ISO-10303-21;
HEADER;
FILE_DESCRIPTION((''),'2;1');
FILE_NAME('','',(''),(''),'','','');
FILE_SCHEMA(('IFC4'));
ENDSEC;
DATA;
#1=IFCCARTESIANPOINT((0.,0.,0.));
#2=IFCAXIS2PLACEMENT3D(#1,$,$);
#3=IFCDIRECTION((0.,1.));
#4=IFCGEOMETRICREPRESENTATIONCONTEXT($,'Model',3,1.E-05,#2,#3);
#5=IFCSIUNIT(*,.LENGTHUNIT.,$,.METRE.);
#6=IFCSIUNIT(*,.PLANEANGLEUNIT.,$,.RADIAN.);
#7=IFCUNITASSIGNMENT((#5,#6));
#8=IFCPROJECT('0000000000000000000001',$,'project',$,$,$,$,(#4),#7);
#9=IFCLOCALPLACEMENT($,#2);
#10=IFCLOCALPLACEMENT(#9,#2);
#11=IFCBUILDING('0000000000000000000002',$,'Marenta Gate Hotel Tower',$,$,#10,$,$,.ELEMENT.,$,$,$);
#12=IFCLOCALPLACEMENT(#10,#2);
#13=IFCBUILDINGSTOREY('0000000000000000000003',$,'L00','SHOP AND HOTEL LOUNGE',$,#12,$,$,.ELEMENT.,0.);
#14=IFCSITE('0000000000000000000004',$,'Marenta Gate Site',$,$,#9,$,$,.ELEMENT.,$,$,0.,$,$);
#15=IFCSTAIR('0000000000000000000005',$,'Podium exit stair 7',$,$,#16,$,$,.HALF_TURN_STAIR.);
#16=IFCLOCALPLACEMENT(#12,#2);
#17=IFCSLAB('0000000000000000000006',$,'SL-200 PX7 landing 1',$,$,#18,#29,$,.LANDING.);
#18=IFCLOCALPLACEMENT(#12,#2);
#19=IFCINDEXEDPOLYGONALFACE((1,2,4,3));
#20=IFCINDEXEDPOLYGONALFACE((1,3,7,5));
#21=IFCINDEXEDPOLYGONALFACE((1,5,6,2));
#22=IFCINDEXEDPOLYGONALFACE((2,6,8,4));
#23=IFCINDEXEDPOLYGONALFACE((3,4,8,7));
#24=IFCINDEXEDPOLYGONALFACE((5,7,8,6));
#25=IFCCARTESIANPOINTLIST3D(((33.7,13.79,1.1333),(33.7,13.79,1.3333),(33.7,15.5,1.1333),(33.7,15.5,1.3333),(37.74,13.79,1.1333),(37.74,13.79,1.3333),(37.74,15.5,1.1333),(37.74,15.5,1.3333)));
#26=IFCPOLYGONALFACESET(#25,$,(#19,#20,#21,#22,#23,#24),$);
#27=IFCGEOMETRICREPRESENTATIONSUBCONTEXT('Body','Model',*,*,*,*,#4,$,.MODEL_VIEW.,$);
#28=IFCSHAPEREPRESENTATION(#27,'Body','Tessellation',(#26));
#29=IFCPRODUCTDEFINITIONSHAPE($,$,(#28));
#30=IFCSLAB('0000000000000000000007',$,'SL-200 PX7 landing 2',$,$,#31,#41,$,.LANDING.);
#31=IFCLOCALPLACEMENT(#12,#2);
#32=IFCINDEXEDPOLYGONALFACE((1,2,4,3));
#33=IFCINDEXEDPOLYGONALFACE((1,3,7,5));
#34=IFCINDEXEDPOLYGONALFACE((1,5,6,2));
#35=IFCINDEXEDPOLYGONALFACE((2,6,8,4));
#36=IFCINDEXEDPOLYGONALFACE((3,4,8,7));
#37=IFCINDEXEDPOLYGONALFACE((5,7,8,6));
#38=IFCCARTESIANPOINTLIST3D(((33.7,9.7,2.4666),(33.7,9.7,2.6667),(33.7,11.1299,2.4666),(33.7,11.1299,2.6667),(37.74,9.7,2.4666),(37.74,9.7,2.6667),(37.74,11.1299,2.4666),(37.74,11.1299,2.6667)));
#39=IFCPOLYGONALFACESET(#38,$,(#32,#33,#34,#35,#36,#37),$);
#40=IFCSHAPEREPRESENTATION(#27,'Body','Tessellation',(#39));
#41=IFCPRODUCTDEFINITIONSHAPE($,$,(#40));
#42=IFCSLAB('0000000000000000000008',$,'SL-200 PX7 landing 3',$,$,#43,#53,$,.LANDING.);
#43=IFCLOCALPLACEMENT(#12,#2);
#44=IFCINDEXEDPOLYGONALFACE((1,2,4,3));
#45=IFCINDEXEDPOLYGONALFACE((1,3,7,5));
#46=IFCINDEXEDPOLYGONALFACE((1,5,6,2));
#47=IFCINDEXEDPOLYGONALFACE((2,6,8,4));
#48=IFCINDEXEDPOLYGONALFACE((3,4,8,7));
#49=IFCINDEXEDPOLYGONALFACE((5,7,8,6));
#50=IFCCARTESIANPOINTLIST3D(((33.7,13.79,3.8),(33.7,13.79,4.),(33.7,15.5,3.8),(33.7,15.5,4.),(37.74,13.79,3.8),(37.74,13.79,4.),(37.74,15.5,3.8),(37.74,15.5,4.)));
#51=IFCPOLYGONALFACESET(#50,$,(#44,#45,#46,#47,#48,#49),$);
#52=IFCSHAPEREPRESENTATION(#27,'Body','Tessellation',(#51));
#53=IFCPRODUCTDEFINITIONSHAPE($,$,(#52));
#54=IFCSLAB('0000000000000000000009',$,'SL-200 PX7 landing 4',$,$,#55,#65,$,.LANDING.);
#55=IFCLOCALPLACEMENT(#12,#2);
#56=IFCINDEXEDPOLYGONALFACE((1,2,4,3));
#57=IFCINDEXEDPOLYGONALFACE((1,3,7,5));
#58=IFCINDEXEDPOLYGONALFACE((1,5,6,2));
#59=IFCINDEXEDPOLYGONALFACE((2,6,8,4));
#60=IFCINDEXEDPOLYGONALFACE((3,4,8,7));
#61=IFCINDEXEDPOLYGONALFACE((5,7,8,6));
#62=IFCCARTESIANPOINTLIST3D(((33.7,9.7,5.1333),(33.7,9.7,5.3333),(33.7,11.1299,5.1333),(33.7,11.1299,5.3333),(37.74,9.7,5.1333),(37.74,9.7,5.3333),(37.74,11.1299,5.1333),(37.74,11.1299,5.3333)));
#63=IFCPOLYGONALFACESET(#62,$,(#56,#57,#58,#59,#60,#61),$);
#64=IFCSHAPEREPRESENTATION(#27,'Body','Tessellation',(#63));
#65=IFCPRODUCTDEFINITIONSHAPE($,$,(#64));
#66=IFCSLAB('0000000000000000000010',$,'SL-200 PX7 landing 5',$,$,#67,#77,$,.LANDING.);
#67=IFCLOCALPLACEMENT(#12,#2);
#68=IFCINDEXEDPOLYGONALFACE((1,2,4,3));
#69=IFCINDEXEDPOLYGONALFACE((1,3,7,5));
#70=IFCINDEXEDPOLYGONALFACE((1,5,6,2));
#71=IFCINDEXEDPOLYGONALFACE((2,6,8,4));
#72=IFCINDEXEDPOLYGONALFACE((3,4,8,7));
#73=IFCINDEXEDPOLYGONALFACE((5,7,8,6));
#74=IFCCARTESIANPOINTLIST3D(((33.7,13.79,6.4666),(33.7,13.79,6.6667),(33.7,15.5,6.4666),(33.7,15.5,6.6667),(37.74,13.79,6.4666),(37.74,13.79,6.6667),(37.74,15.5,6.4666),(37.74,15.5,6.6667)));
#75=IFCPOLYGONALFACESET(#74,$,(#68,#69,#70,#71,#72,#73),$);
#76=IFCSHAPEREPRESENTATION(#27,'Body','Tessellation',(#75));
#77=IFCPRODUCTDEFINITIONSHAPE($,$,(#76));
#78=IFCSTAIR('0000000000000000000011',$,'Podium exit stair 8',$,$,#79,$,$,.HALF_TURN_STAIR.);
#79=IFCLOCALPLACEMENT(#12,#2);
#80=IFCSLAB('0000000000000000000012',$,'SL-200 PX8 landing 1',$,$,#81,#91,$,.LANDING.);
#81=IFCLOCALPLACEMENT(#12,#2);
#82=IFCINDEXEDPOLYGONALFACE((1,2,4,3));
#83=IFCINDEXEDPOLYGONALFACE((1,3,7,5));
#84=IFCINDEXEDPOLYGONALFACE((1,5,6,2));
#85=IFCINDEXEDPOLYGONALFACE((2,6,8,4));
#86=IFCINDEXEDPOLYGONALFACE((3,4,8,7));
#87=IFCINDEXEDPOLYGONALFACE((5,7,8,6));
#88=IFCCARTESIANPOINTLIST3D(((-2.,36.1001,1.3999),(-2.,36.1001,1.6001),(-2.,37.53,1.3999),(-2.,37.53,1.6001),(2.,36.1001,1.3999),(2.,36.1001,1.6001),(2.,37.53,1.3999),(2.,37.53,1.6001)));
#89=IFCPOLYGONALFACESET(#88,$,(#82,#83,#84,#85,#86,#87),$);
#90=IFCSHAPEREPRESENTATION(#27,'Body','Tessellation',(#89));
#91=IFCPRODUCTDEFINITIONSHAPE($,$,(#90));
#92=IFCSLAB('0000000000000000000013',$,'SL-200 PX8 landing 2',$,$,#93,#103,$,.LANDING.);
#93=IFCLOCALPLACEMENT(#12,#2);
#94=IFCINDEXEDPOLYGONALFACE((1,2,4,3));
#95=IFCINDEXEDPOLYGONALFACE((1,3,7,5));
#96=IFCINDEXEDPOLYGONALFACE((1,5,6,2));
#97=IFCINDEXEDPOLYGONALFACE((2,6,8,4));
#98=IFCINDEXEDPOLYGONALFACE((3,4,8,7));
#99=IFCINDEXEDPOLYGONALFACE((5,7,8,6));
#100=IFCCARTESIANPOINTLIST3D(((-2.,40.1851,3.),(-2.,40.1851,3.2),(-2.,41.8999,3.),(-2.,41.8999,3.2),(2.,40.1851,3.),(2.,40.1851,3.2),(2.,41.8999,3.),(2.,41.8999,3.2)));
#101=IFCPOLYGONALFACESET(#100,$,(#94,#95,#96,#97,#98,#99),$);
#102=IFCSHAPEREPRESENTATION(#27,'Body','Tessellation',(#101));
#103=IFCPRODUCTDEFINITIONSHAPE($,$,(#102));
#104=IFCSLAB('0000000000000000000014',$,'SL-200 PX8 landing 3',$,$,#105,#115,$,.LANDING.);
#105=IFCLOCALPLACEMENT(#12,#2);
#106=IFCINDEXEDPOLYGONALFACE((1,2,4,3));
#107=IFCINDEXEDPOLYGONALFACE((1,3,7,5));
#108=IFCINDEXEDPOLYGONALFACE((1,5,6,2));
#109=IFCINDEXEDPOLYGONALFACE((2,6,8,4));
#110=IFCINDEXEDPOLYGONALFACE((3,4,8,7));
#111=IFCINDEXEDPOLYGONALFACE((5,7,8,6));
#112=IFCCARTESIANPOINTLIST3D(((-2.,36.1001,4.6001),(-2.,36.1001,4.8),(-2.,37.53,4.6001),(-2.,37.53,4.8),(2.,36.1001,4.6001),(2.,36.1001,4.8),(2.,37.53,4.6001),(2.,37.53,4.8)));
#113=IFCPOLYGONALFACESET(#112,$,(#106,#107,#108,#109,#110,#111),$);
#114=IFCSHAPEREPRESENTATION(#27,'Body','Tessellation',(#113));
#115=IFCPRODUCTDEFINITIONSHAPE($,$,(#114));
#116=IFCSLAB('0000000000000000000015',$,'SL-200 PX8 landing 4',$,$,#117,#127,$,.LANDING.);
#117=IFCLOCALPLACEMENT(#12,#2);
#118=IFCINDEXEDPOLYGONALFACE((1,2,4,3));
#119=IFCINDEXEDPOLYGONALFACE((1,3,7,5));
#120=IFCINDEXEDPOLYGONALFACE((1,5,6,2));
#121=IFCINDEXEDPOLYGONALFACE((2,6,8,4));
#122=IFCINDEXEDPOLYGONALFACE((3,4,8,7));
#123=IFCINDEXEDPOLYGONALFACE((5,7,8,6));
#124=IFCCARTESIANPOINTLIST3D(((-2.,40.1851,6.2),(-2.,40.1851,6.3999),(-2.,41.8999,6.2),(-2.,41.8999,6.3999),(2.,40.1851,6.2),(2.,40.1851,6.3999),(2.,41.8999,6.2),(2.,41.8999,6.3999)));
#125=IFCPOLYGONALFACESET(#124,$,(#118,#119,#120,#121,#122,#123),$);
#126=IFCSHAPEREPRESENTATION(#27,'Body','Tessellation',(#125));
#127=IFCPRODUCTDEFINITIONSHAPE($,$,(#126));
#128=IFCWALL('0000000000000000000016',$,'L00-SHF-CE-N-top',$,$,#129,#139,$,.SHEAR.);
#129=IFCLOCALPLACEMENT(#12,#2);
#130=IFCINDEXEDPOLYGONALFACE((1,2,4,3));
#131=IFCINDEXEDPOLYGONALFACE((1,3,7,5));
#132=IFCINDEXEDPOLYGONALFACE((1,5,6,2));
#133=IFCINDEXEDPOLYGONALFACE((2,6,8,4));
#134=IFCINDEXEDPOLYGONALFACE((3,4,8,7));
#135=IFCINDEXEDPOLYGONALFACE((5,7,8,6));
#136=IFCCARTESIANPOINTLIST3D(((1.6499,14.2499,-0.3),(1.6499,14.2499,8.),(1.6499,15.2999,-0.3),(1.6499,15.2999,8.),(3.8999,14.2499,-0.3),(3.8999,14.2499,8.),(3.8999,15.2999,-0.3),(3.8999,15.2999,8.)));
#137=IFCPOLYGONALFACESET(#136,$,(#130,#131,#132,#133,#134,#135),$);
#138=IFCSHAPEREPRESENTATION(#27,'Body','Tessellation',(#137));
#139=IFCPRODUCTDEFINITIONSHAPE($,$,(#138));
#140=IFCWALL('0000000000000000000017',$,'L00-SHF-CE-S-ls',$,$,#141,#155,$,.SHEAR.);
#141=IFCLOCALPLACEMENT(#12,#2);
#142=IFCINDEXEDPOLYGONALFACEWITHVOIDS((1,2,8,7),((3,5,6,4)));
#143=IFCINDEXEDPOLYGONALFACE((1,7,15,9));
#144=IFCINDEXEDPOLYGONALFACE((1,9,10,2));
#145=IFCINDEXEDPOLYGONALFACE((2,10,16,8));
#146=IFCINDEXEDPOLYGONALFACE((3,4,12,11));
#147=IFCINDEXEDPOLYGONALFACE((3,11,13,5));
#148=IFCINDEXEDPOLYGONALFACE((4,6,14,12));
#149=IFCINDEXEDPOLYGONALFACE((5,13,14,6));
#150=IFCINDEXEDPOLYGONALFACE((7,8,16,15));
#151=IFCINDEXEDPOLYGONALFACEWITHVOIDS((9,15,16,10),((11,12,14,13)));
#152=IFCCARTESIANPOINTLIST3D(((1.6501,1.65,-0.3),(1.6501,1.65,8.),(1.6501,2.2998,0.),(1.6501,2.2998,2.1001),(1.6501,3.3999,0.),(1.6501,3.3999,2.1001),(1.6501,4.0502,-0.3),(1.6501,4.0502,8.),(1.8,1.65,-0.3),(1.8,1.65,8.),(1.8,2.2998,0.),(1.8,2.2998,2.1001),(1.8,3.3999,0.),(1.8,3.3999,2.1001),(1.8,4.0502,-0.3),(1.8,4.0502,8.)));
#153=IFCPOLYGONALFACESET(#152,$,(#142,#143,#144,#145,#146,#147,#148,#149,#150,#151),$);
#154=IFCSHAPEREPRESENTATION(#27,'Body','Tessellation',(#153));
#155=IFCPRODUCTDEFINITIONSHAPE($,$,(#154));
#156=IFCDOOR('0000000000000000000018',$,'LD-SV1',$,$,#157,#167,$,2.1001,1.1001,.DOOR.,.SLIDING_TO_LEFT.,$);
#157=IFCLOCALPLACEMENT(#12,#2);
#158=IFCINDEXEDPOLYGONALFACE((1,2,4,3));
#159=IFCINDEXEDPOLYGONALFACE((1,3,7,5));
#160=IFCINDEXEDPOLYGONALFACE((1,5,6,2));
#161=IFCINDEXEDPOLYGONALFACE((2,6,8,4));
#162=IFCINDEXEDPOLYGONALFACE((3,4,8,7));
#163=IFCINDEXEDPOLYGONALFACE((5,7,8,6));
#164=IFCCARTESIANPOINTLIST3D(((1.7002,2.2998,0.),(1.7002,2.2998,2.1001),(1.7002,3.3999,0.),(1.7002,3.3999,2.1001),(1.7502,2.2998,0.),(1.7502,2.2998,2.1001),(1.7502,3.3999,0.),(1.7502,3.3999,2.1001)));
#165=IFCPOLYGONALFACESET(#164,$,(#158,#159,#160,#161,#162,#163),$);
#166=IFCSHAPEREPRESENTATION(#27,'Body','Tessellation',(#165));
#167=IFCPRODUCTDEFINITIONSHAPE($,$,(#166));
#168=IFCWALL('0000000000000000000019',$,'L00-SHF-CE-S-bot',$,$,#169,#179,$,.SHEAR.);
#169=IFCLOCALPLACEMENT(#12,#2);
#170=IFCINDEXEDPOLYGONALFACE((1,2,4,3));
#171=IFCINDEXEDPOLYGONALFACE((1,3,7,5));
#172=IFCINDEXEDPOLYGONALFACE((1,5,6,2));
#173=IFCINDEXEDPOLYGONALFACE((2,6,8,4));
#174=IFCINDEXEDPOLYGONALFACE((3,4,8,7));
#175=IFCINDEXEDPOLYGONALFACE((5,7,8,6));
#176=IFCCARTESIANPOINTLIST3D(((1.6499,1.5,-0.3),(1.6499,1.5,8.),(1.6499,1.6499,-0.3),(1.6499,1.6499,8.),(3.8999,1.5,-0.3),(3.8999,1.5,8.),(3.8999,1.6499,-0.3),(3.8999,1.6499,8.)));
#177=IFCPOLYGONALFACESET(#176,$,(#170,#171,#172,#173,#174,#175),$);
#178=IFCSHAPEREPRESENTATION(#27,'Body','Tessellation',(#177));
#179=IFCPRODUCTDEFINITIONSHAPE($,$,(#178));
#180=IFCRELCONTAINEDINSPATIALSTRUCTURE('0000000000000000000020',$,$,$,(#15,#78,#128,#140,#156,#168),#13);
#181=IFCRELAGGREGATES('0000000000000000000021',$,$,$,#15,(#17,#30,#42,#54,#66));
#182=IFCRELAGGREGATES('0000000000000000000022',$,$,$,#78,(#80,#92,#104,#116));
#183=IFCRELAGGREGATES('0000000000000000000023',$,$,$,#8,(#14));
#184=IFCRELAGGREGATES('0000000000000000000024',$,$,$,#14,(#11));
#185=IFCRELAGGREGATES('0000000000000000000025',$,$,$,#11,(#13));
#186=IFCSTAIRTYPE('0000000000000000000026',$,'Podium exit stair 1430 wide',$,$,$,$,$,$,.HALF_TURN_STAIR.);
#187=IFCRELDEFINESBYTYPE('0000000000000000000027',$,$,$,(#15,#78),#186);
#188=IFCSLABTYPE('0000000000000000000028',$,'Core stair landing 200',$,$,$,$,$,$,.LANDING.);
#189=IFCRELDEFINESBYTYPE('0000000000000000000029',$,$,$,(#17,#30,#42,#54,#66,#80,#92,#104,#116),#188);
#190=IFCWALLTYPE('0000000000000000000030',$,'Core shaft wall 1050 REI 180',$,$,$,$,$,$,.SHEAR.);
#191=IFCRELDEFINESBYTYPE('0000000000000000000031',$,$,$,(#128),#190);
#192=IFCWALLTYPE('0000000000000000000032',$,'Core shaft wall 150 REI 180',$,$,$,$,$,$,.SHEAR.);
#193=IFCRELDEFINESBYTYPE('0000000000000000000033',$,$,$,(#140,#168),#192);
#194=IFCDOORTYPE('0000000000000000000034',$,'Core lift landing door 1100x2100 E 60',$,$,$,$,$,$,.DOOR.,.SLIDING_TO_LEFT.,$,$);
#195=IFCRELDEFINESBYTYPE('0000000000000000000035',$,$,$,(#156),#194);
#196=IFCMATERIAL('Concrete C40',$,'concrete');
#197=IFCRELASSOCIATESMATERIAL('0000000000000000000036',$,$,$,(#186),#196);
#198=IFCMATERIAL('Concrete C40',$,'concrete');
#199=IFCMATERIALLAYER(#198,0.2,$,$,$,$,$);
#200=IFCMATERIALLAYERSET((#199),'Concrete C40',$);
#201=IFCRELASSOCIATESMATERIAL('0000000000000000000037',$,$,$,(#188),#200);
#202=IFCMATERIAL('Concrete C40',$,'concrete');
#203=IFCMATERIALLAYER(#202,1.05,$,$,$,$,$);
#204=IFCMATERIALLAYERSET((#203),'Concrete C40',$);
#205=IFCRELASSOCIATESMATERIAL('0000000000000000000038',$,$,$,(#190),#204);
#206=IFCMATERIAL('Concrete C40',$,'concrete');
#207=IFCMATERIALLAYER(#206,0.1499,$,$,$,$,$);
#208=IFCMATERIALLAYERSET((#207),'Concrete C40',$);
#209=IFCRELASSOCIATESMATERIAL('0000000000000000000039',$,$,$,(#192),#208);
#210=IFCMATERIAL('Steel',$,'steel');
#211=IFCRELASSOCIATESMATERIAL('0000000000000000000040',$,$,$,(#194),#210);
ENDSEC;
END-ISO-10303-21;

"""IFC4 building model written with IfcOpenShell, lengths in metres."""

from ifc_helpers import new_model, si_unit, direction, frame, frame_2d, origin, place, context, subcontext, project, spatial, polyline, rectangle, outline, extrude, material, layer, layer_set, type_object, element, fill, aggregate, save


model = new_model("IFC4")

# Units and contexts
model_context = context("Model", 3, precision=1e-05, world=origin(), true_north=direction((0.0, 1.0)))
body_context = subcontext(model_context, "Body", "Model", "MODEL_VIEW")
ifc_project = project(units=[si_unit("LENGTHUNIT", "METRE"), si_unit("PLANEANGLEUNIT", "RADIAN")], contexts=[model_context])

# Site, building, storey
site_placement = place(None, origin())
site = spatial("IfcSite", under=ifc_project, at=site_placement, Name="Marenta Gate Site", CompositionType="ELEMENT", RefElevation=0.0)
building_placement = place(site_placement, origin())
building = spatial("IfcBuilding", under=site, at=building_placement, Name="Marenta Gate Hotel Tower", CompositionType="ELEMENT")
storey_placement = place(building_placement, origin())
storey = spatial("IfcBuildingStorey", under=building, at=storey_placement, Name="L00", Description="SHOP AND HOTEL LOUNGE", CompositionType="ELEMENT", Elevation=0.0)

# Stairs, slabs
ifc_material_1 = material(Name="Concrete C40", Category="concrete")
stair_type_1 = type_object("IfcStairType", Name="Podium exit stair 1430 wide", PredefinedType="HALF_TURN_STAIR", material=ifc_material_1)
ifc_material_2 = material(Name="Concrete C40", Category="concrete")
ifc_layer_1 = layer(ifc_material_2, 0.2)
ifc_layer_set_1 = layer_set([ifc_layer_1], Name="Concrete C40")
slab_type = type_object("IfcSlabType", Name="Core stair landing 200", PredefinedType="LANDING", material=ifc_layer_set_1)
stair_1_placement = place(storey_placement, origin())
stair_1 = element("IfcStair", 1, at=stair_1_placement, inside=storey, type_object=stair_type_1, Name="Podium exit stair 7", PredefinedType="HALF_TURN_STAIR")
slab_1_placement = place(storey_placement, frame((0.0, 0.0, 1.1333)))
slab_1 = element("IfcSlab", 2, at=slab_1_placement, type_object=slab_type, Name="SL-200 PX7 landing 1", PredefinedType="LANDING", context=body_context, shape_type="SweptSolid", body=[
    extrude(outline(polyline([(33.7, 13.79), (37.74, 13.79), (37.74, 15.5), (33.7, 15.5), (33.7, 13.79)])), origin(), (0.0, 0.0, 1.0), 0.2),
])
slab_2_placement = place(storey_placement, frame((0.0, 0.0, 2.4666)))
slab_2 = element("IfcSlab", 3, at=slab_2_placement, type_object=slab_type, Name="SL-200 PX7 landing 2", PredefinedType="LANDING", context=body_context, shape_type="SweptSolid", body=[
    extrude(outline(polyline([(33.7, 9.7), (37.74, 9.7), (37.74, 11.1299), (33.7, 11.1299), (33.7, 9.7)])), origin(), (0.0, 0.0, 1.0), 0.2002),
])
slab_3_placement = place(storey_placement, frame((0.0, 0.0, 3.8)))
slab_3 = element("IfcSlab", 4, at=slab_3_placement, type_object=slab_type, Name="SL-200 PX7 landing 3", PredefinedType="LANDING", context=body_context, shape_type="SweptSolid", body=[
    extrude(outline(polyline([(33.7, 13.79), (37.74, 13.79), (37.74, 15.5), (33.7, 15.5), (33.7, 13.79)])), origin(), (0.0, 0.0, 1.0), 0.2),
])
slab_4_placement = place(storey_placement, frame((0.0, 0.0, 5.1333)))
slab_4 = element("IfcSlab", 5, at=slab_4_placement, type_object=slab_type, Name="SL-200 PX7 landing 4", PredefinedType="LANDING", context=body_context, shape_type="SweptSolid", body=[
    extrude(outline(polyline([(33.7, 9.7), (37.74, 9.7), (37.74, 11.1299), (33.7, 11.1299), (33.7, 9.7)])), origin(), (0.0, 0.0, 1.0), 0.2),
])
slab_5_placement = place(storey_placement, frame((0.0, 0.0, 6.4666)))
slab_5 = element("IfcSlab", 6, at=slab_5_placement, type_object=slab_type, Name="SL-200 PX7 landing 5", PredefinedType="LANDING", context=body_context, shape_type="SweptSolid", body=[
    extrude(outline(polyline([(33.7, 13.79), (37.74, 13.79), (37.74, 15.5), (33.7, 15.5), (33.7, 13.79)])), origin(), (0.0, 0.0, 1.0), 0.2002),
])
aggregate(stair_1, [slab_1, slab_2, slab_3, slab_4, slab_5])
stair_2_placement = place(storey_placement, origin())
stair_2 = element("IfcStair", 7, at=stair_2_placement, inside=storey, type_object=stair_type_1, Name="Podium exit stair 8", PredefinedType="HALF_TURN_STAIR")
slab_6_placement = place(storey_placement, frame((0.0, 0.0, 1.3999)))
slab_6 = element("IfcSlab", 8, at=slab_6_placement, type_object=slab_type, Name="SL-200 PX8 landing 1", PredefinedType="LANDING", context=body_context, shape_type="SweptSolid", body=[
    extrude(outline(polyline([(-2.0, 36.1001), (2.0, 36.1001), (2.0, 37.53), (-2.0, 37.53), (-2.0, 36.1001)])), origin(), (0.0, 0.0, 1.0), 0.2002),
])
slab_7_placement = place(storey_placement, frame((0.0, 0.0, 3.0)))
slab_7 = element("IfcSlab", 9, at=slab_7_placement, type_object=slab_type, Name="SL-200 PX8 landing 2", PredefinedType="LANDING", context=body_context, shape_type="SweptSolid", body=[
    extrude(outline(polyline([(-2.0, 40.1851), (2.0, 40.1851), (2.0, 41.8999), (-2.0, 41.8999), (-2.0, 40.1851)])), origin(), (0.0, 0.0, 1.0), 0.2),
])
slab_8_placement = place(storey_placement, frame((0.0, 0.0, 4.6001)))
slab_8 = element("IfcSlab", 10, at=slab_8_placement, type_object=slab_type, Name="SL-200 PX8 landing 3", PredefinedType="LANDING", context=body_context, shape_type="SweptSolid", body=[
    extrude(outline(polyline([(-2.0, 36.1001), (2.0, 36.1001), (2.0, 37.53), (-2.0, 37.53), (-2.0, 36.1001)])), origin(), (0.0, 0.0, 1.0), 0.2),
])
slab_9_placement = place(storey_placement, frame((0.0, 0.0, 6.2)))
slab_9 = element("IfcSlab", 11, at=slab_9_placement, type_object=slab_type, Name="SL-200 PX8 landing 4", PredefinedType="LANDING", context=body_context, shape_type="SweptSolid", body=[
    extrude(outline(polyline([(-2.0, 40.1851), (2.0, 40.1851), (2.0, 41.8999), (-2.0, 41.8999), (-2.0, 40.1851)])), origin(), (0.0, 0.0, 1.0), 0.2),
])
aggregate(stair_2, [slab_6, slab_7, slab_8, slab_9])

# Wall
ifc_material_3 = material(Name="Concrete C40", Category="concrete")
ifc_layer_2 = layer(ifc_material_3, 1.05)
ifc_layer_set_2 = layer_set([ifc_layer_2], Name="Concrete C40")
wall_type_1 = type_object("IfcWallType", Name="Core shaft wall 1050 REI 180", PredefinedType="SHEAR", material=ifc_layer_set_2)
wall_1_placement = place(storey_placement, frame((1.6499, 14.7749, -0.3), z_axis=(0.0, 0.0, 1.0), x_axis=(1.0, 0.0, 0.0)))
element("IfcWall", 12, at=wall_1_placement, inside=storey, type_object=wall_type_1, Name="L00-SHF-CE-N-top", PredefinedType="SHEAR", context=body_context, shape_type="SweptSolid", body=[
    extrude(rectangle(XDim=2.25, YDim=1.05, at=frame_2d((1.125, 0.0))), origin(), (0.0, 0.0, 1.0), 8.3),
])

# Wall, opening, door
ifc_material_4 = material(Name="Concrete C40", Category="concrete")
ifc_layer_3 = layer(ifc_material_4, 0.1499)
ifc_layer_set_3 = layer_set([ifc_layer_3], Name="Concrete C40")
wall_type_2 = type_object("IfcWallType", Name="Core shaft wall 150 REI 180", PredefinedType="SHEAR", material=ifc_layer_set_3)
wall_2_placement = place(storey_placement, frame((1.7251, 1.6499, -0.3), z_axis=(0.0, 0.0, 1.0), x_axis=(0.0, 1.0, 0.0)))
wall_2 = element("IfcWall", 13, at=wall_2_placement, inside=storey, type_object=wall_type_2, Name="L00-SHF-CE-S-ls", PredefinedType="SHEAR", context=body_context, shape_type="SweptSolid", body=[
    extrude(rectangle(XDim=2.4001, YDim=0.1499, at=frame_2d((1.2002, 0.0))), origin(), (0.0, 0.0, 1.0), 8.3),
])
opening_1_placement = place(wall_2_placement, frame((0.6499, 0.0, 0.3)))
opening_1 = element("IfcOpeningElement", 14, at=opening_1_placement, cuts=wall_2, PredefinedType="OPENING", context=body_context, shape_type="SweptSolid", body=[
    extrude(rectangle(XDim=1.1001, YDim=2.1001, at=frame_2d((0.55, 1.05))), frame((0.0, 0.075, 0.0), z_axis=(0.0, -1.0, 0.0), x_axis=(1.0, 0.0, 0.0)), (0.0, 0.0, 1.0), 0.1499),
])
ifc_material_5 = material(Name="Steel", Category="steel")
door_type_1 = type_object("IfcDoorType", Name="Core lift landing door 1100x2100 E 60", OperationType="SLIDING_TO_LEFT", PredefinedType="DOOR", material=ifc_material_5)
door_1_placement = place(opening_1_placement, origin())
door_1 = element("IfcDoor", 15, at=door_1_placement, inside=storey, type_object=door_type_1, Name="LD-SV1", OperationType="SLIDING_TO_LEFT", OverallHeight=2.1001, OverallWidth=1.1001, PredefinedType="DOOR", context=body_context, shape_type="SweptSolid", body=[
    extrude(rectangle(XDim=1.1001, YDim=2.1001, at=frame_2d((0.55, 1.05))), frame((0.0, 0.0249, 0.0), z_axis=(0.0, -1.0, 0.0), x_axis=(1.0, 0.0, 0.0)), (0.0, 0.0, 1.0), 0.05),
])
fill(opening_1, door_1)

# Wall
wall_3_placement = place(storey_placement, frame((1.6499, 1.575, -0.3), z_axis=(0.0, 0.0, 1.0), x_axis=(1.0, 0.0, 0.0)))
element("IfcWall", 16, at=wall_3_placement, inside=storey, type_object=wall_type_2, Name="L00-SHF-CE-S-bot", PredefinedType="SHEAR", context=body_context, shape_type="SweptSolid", body=[
    extrude(rectangle(XDim=2.25, YDim=0.1499, at=frame_2d((1.125, 0.0))), origin(), (0.0, 0.0, 1.0), 8.3),
])

save(model, "model.ifc")
